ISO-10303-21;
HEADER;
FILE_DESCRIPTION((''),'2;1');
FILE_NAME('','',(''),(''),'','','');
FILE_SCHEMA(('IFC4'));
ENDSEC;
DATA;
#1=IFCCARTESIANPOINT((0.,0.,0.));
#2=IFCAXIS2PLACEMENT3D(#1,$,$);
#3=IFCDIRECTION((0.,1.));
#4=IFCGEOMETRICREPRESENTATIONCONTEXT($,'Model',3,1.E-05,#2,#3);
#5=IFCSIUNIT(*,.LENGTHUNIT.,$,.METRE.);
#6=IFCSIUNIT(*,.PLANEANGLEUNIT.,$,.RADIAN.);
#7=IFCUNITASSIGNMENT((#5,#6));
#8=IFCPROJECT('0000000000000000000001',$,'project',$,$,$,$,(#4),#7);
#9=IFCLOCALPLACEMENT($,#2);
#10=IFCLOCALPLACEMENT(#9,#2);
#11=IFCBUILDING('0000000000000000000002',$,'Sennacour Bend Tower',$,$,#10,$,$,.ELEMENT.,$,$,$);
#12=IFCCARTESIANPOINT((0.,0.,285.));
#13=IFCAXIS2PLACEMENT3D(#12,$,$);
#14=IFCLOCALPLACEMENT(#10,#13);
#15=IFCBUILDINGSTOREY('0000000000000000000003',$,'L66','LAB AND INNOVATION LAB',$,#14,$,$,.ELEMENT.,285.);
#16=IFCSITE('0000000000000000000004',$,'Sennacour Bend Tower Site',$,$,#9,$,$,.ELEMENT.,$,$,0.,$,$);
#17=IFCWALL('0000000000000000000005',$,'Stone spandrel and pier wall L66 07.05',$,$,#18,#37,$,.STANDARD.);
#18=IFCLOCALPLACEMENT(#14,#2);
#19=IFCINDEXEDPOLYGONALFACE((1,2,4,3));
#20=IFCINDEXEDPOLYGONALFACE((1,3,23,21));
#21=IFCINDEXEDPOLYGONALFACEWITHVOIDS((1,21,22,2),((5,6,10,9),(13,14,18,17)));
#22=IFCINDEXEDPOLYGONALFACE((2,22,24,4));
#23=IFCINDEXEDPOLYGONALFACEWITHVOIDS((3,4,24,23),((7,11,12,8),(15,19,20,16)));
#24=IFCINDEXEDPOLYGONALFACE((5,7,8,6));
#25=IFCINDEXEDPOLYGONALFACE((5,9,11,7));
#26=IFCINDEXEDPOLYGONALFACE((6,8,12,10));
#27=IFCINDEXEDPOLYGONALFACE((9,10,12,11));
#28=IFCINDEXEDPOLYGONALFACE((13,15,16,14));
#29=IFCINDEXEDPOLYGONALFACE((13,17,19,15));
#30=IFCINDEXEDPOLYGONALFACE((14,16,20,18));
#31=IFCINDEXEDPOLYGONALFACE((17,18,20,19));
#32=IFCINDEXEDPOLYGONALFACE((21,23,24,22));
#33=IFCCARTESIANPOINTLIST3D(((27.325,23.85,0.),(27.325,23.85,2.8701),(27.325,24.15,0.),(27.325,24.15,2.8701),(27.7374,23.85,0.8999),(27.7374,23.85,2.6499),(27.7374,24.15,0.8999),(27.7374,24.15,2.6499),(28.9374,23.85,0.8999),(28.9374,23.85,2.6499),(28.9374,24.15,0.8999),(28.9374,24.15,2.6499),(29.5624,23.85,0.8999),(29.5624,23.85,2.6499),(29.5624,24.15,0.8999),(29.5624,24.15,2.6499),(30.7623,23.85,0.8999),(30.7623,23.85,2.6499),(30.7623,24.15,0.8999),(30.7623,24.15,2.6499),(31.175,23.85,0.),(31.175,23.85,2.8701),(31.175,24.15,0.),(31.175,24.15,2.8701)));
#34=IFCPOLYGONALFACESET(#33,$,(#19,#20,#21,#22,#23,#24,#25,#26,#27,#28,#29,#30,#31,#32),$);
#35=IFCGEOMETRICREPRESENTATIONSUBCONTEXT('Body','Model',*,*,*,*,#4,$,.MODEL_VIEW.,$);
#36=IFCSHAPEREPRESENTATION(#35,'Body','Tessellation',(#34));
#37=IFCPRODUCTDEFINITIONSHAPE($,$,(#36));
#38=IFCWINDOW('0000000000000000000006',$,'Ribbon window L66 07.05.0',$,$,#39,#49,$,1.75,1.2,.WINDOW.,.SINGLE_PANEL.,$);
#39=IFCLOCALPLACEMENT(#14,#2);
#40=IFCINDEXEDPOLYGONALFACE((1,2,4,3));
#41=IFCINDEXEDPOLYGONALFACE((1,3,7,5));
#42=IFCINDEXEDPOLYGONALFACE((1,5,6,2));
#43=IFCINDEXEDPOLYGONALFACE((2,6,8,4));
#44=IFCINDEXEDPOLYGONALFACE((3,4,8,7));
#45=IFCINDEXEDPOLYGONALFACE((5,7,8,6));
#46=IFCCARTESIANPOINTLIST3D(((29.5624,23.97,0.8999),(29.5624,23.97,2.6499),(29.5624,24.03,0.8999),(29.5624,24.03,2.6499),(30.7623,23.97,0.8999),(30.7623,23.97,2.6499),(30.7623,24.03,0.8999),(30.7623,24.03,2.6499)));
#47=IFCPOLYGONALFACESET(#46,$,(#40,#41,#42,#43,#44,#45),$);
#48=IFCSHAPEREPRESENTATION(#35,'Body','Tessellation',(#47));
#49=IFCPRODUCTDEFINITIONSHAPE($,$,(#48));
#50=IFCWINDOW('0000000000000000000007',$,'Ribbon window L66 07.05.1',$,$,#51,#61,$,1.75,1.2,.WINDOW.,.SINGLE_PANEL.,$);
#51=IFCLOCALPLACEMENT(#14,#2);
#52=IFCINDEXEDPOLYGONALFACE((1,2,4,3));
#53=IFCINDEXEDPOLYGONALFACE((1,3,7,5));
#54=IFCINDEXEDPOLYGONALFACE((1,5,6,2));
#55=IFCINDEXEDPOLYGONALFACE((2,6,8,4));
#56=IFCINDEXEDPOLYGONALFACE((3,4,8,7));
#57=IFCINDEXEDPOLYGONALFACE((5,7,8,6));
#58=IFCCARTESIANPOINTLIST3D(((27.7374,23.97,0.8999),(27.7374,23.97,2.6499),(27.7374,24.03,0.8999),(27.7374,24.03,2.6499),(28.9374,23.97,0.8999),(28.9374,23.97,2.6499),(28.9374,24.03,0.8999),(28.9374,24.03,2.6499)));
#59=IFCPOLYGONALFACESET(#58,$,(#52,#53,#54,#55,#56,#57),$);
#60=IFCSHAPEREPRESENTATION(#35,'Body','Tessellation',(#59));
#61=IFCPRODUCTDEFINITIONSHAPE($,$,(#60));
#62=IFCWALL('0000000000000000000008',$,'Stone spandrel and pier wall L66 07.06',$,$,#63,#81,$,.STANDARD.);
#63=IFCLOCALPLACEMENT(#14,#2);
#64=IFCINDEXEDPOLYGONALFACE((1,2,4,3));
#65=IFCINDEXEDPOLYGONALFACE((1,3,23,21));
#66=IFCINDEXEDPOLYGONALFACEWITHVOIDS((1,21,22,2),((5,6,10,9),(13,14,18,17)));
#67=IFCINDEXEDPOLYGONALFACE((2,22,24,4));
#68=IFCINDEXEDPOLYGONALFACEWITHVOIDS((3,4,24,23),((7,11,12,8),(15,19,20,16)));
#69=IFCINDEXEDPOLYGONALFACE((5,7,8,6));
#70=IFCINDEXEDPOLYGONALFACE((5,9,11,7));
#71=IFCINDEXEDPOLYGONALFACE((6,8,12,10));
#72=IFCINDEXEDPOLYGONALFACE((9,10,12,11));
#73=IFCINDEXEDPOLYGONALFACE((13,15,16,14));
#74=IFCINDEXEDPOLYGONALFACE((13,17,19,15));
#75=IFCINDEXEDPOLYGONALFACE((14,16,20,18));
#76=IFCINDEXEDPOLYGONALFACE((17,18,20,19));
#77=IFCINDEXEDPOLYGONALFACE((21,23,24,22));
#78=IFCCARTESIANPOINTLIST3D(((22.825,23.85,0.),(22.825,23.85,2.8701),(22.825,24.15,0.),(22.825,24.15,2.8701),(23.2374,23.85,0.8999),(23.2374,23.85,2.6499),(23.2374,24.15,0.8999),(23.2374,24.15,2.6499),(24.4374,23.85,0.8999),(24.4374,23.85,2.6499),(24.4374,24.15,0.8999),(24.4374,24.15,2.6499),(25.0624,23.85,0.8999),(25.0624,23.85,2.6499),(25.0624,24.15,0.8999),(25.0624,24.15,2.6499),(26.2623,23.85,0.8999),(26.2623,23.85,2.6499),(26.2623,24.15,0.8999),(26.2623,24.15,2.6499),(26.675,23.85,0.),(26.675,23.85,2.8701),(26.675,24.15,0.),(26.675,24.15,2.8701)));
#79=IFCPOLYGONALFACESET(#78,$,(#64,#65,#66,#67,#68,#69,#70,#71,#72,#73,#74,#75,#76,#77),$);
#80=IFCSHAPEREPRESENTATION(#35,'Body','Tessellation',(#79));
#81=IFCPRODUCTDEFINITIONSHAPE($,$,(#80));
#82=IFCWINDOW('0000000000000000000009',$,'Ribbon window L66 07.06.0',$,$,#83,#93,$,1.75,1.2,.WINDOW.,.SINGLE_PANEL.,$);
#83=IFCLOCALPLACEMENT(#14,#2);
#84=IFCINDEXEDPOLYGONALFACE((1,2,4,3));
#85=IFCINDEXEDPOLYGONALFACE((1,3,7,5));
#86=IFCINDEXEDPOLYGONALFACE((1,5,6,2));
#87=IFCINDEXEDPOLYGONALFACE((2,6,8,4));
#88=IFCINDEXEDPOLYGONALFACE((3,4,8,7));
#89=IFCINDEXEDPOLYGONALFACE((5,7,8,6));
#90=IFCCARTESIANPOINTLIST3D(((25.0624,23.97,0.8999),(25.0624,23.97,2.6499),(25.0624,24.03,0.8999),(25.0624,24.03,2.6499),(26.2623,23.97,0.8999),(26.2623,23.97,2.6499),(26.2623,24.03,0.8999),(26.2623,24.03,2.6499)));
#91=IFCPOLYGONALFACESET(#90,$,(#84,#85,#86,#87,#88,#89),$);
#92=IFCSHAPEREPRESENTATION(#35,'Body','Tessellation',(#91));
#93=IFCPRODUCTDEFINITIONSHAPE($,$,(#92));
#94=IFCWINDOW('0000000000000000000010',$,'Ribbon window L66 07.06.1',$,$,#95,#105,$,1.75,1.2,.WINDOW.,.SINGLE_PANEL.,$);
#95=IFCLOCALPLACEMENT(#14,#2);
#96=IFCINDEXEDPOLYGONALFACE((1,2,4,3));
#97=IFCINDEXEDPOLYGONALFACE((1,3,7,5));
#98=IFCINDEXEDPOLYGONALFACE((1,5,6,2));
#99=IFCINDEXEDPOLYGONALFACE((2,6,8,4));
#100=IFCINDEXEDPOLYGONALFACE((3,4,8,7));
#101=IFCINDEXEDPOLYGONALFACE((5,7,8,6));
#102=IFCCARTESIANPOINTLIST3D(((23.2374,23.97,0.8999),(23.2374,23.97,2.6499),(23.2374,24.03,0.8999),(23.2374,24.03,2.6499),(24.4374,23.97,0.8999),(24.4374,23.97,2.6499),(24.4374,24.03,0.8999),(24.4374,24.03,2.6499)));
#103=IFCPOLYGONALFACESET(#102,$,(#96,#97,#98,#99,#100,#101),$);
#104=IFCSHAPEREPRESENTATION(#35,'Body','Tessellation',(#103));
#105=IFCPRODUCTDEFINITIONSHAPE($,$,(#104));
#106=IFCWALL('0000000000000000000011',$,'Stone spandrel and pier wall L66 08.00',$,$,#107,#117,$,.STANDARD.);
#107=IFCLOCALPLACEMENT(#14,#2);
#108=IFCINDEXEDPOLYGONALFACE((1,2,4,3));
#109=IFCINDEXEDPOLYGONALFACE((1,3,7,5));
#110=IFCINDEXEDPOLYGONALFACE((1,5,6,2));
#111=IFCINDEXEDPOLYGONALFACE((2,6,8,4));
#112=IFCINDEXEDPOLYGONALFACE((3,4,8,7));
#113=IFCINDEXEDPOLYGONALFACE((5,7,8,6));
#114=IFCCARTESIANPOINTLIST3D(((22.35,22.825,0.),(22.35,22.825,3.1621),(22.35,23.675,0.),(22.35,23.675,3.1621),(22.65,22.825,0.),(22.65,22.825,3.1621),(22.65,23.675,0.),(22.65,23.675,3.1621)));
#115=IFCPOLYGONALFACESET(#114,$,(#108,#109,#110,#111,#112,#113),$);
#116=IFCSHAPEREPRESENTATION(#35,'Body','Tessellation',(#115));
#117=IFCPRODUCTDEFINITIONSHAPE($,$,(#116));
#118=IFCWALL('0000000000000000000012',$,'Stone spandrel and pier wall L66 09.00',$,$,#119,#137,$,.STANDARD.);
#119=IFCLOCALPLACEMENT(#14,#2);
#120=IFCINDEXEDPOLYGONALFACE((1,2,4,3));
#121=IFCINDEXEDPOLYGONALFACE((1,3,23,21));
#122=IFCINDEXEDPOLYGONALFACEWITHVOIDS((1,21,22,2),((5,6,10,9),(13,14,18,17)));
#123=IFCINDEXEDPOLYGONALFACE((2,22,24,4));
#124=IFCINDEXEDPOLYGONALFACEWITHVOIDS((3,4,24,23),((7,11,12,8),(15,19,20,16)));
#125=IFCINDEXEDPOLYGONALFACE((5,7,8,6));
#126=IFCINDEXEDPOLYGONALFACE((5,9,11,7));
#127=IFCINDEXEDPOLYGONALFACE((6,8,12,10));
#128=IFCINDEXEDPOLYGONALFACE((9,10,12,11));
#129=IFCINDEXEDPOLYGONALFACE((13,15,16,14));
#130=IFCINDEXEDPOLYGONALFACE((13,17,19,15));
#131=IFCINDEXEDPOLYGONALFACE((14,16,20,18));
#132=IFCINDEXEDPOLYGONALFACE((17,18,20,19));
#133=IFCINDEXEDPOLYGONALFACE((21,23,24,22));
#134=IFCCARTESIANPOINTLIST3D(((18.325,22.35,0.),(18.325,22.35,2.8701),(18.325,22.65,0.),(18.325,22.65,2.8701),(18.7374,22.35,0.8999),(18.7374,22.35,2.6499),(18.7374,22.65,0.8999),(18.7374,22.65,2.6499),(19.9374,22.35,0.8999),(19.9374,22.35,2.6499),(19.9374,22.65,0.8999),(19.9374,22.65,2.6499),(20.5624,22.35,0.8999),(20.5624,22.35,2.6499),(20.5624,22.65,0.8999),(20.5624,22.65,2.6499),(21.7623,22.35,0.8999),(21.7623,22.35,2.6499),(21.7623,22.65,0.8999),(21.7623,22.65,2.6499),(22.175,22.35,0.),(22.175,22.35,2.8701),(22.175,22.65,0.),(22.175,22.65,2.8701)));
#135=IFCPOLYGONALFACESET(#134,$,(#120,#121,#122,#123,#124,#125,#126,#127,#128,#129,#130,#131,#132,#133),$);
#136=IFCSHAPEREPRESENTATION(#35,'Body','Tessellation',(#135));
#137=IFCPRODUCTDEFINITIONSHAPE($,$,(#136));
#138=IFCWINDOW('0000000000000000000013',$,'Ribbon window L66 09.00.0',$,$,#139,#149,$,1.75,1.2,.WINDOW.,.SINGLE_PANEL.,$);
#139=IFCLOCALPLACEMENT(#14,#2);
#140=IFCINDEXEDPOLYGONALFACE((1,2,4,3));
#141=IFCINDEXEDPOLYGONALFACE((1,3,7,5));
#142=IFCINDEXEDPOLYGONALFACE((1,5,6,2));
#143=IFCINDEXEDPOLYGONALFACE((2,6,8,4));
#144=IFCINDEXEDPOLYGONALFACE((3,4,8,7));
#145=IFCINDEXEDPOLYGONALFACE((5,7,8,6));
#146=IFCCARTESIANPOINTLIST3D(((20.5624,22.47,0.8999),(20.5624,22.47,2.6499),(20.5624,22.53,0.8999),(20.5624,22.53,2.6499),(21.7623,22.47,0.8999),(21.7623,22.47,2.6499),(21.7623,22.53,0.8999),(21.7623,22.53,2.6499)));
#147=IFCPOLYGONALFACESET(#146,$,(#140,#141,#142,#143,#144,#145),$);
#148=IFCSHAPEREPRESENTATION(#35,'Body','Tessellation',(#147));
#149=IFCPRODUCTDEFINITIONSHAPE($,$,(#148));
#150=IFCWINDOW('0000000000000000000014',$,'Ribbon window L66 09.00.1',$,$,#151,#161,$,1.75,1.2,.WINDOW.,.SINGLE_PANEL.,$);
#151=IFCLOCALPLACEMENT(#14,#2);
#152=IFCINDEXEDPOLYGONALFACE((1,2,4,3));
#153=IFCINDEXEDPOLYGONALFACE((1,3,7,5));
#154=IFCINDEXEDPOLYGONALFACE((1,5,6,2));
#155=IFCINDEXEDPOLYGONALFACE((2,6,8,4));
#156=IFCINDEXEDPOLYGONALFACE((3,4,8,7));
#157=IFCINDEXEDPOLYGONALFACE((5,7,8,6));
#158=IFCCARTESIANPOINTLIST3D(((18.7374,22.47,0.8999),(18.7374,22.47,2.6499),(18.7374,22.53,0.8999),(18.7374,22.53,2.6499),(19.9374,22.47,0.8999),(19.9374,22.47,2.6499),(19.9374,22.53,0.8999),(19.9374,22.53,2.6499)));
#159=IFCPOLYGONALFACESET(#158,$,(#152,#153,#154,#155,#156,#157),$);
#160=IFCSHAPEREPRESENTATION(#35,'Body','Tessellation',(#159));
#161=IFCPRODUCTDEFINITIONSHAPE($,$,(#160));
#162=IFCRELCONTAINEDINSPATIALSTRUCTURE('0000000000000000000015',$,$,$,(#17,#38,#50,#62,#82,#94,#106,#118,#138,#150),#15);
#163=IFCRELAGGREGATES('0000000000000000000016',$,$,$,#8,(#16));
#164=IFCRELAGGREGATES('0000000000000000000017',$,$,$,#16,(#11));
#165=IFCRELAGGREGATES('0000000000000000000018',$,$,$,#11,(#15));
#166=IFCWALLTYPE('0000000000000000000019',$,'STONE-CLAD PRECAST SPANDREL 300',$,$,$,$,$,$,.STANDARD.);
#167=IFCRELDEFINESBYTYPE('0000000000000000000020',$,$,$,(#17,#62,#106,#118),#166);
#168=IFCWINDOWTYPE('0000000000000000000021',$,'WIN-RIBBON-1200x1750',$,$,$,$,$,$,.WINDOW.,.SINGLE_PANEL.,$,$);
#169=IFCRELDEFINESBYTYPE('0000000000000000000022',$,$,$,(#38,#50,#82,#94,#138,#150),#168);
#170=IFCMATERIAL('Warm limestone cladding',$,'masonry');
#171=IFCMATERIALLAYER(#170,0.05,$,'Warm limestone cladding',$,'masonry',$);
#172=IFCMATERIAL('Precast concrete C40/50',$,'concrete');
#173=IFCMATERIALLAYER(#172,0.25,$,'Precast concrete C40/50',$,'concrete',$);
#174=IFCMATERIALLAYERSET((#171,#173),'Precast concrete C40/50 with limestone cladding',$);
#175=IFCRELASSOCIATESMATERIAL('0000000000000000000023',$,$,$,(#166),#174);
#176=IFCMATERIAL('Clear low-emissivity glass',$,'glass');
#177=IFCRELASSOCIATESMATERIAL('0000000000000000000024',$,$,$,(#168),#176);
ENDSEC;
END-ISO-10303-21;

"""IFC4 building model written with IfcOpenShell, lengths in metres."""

from ifc_helpers import new_model, si_unit, direction, frame, frame_2d, origin, place, context, subcontext, project, spatial, rectangle, extrude, material, layer, layer_set, type_object, element, fill, save


model = new_model("IFC4")

# Units and contexts
model_context = context("Model", 3, precision=1e-05, world=origin(), true_north=direction((0.0, 1.0)))
body_context = subcontext(model_context, "Body", "Model", "MODEL_VIEW")
ifc_project = project(units=[si_unit("LENGTHUNIT", "METRE"), si_unit("PLANEANGLEUNIT", "RADIAN")], contexts=[model_context])

# Site, building, storey
site_placement = place(None, origin())
site = spatial("IfcSite", under=ifc_project, at=site_placement, Name="Sennacour Bend Tower Site", CompositionType="ELEMENT", RefElevation=0.0)
building_placement = place(site_placement, origin())
building = spatial("IfcBuilding", under=site, at=building_placement, Name="Sennacour Bend Tower", CompositionType="ELEMENT")
storey_placement = place(building_placement, frame((0.0, 0.0, 285.0)))
storey = spatial("IfcBuildingStorey", under=building, at=storey_placement, Name="L66", Description="LAB AND INNOVATION LAB", CompositionType="ELEMENT", Elevation=285.0)

# Walls, openings, windows
ifc_material_1 = material(Name="Warm limestone cladding", Category="masonry")
ifc_layer_1 = layer(ifc_material_1, 0.05, Name="Warm limestone cladding", Category="masonry")
ifc_material_2 = material(Name="Precast concrete C40/50", Category="concrete")
ifc_layer_2 = layer(ifc_material_2, 0.25, Name="Precast concrete C40/50", Category="concrete")
ifc_layer_set_1 = layer_set([ifc_layer_1, ifc_layer_2], Name="Precast concrete C40/50 with limestone cladding")
wall_type_1 = type_object("IfcWallType", Name="STONE-CLAD PRECAST SPANDREL 300", PredefinedType="STANDARD", material=ifc_layer_set_1)
wall_1_placement = place(storey_placement, frame((31.175, 24.0, 0.0), z_axis=(0.0, 0.0, 1.0), x_axis=(-1.0, 0.0, 0.0)))
wall_1 = element("IfcWall", 1, at=wall_1_placement, inside=storey, type_object=wall_type_1, Name="Stone spandrel and pier wall L66 07.05", PredefinedType="STANDARD", context=body_context, shape_type="SweptSolid", body=[
    extrude(rectangle(XDim=3.8501, YDim=0.3, at=frame_2d((1.925, 0.0))), origin(), (0.0, 0.0, 1.0), 2.8701),
])
opening_1_placement = place(wall_1_placement, frame((0.4126, 0.0, 0.8999)))
opening_1 = element("IfcOpeningElement", 2, at=opening_1_placement, cuts=wall_1, PredefinedType="OPENING", context=body_context, shape_type="SweptSolid", body=[
    extrude(rectangle(XDim=1.2, YDim=1.75, at=frame_2d((0.6001, 0.875))), frame((0.0, 0.1602, 0.0), z_axis=(0.0, -1.0, 0.0), x_axis=(1.0, 0.0, 0.0)), (0.0, 0.0, 1.0), 0.3201),
])
opening_2_placement = place(wall_1_placement, frame((2.2375, 0.0, 0.8999)))
opening_2 = element("IfcOpeningElement", 3, at=opening_2_placement, cuts=wall_1, PredefinedType="OPENING", context=body_context, shape_type="SweptSolid", body=[
    extrude(rectangle(XDim=1.2, YDim=1.75, at=frame_2d((0.6001, 0.875))), frame((0.0, 0.1602, 0.0), z_axis=(0.0, -1.0, 0.0), x_axis=(1.0, 0.0, 0.0)), (0.0, 0.0, 1.0), 0.3201),
])
ifc_material_3 = material(Name="Clear low-emissivity glass", Category="glass")
window_type = type_object("IfcWindowType", Name="WIN-RIBBON-1200x1750", PartitioningType="SINGLE_PANEL", PredefinedType="WINDOW", material=ifc_material_3)
window_1_placement = place(opening_1_placement, origin())
window_1 = element("IfcWindow", 4, at=window_1_placement, inside=storey, type_object=window_type, Name="Ribbon window L66 07.05.0", OverallHeight=1.75, OverallWidth=1.2, PartitioningType="SINGLE_PANEL", PredefinedType="WINDOW", context=body_context, shape_type="SweptSolid", body=[
    extrude(rectangle(XDim=1.2, YDim=1.75, at=frame_2d((0.6001, 0.875))), frame((0.0, 0.03, 0.0), z_axis=(0.0, -1.0, 0.0), x_axis=(1.0, 0.0, 0.0)), (0.0, 0.0, 1.0), 0.0601),
])
fill(opening_1, window_1)
window_2_placement = place(opening_2_placement, origin())
window_2 = element("IfcWindow", 5, at=window_2_placement, inside=storey, type_object=window_type, Name="Ribbon window L66 07.05.1", OverallHeight=1.75, OverallWidth=1.2, PartitioningType="SINGLE_PANEL", PredefinedType="WINDOW", context=body_context, shape_type="SweptSolid", body=[
    extrude(rectangle(XDim=1.2, YDim=1.75, at=frame_2d((0.6001, 0.875))), frame((0.0, 0.03, 0.0), z_axis=(0.0, -1.0, 0.0), x_axis=(1.0, 0.0, 0.0)), (0.0, 0.0, 1.0), 0.0601),
])
fill(opening_2, window_2)
wall_2_placement = place(storey_placement, frame((26.675, 24.0, 0.0), z_axis=(0.0, 0.0, 1.0), x_axis=(-1.0, 0.0, 0.0)))
wall_2 = element("IfcWall", 6, at=wall_2_placement, inside=storey, type_object=wall_type_1, Name="Stone spandrel and pier wall L66 07.06", PredefinedType="STANDARD", context=body_context, shape_type="SweptSolid", body=[
    extrude(rectangle(XDim=3.8501, YDim=0.3, at=frame_2d((1.925, 0.0))), origin(), (0.0, 0.0, 1.0), 2.8701),
])
opening_3_placement = place(wall_2_placement, frame((0.4126, 0.0, 0.8999)))
opening_3 = element("IfcOpeningElement", 7, at=opening_3_placement, cuts=wall_2, PredefinedType="OPENING", context=body_context, shape_type="SweptSolid", body=[
    extrude(rectangle(XDim=1.2, YDim=1.75, at=frame_2d((0.6001, 0.875))), frame((0.0, 0.1602, 0.0), z_axis=(0.0, -1.0, 0.0), x_axis=(1.0, 0.0, 0.0)), (0.0, 0.0, 1.0), 0.3201),
])
opening_4_placement = place(wall_2_placement, frame((2.2375, 0.0, 0.8999)))
opening_4 = element("IfcOpeningElement", 8, at=opening_4_placement, cuts=wall_2, PredefinedType="OPENING", context=body_context, shape_type="SweptSolid", body=[
    extrude(rectangle(XDim=1.2, YDim=1.75, at=frame_2d((0.6001, 0.875))), frame((0.0, 0.1602, 0.0), z_axis=(0.0, -1.0, 0.0), x_axis=(1.0, 0.0, 0.0)), (0.0, 0.0, 1.0), 0.3201),
])
window_3_placement = place(opening_3_placement, origin())
window_3 = element("IfcWindow", 9, at=window_3_placement, inside=storey, type_object=window_type, Name="Ribbon window L66 07.06.0", OverallHeight=1.75, OverallWidth=1.2, PartitioningType="SINGLE_PANEL", PredefinedType="WINDOW", context=body_context, shape_type="SweptSolid", body=[
    extrude(rectangle(XDim=1.2, YDim=1.75, at=frame_2d((0.6001, 0.875))), frame((0.0, 0.03, 0.0), z_axis=(0.0, -1.0, 0.0), x_axis=(1.0, 0.0, 0.0)), (0.0, 0.0, 1.0), 0.0601),
])
fill(opening_3, window_3)
window_4_placement = place(opening_4_placement, origin())
window_4 = element("IfcWindow", 10, at=window_4_placement, inside=storey, type_object=window_type, Name="Ribbon window L66 07.06.1", OverallHeight=1.75, OverallWidth=1.2, PartitioningType="SINGLE_PANEL", PredefinedType="WINDOW", context=body_context, shape_type="SweptSolid", body=[
    extrude(rectangle(XDim=1.2, YDim=1.75, at=frame_2d((0.6001, 0.875))), frame((0.0, 0.03, 0.0), z_axis=(0.0, -1.0, 0.0), x_axis=(1.0, 0.0, 0.0)), (0.0, 0.0, 1.0), 0.0601),
])
fill(opening_4, window_4)

# Wall
wall_3_placement = place(storey_placement, frame((22.5, 23.675, 0.0), z_axis=(0.0, 0.0, 1.0), x_axis=(0.0, -1.0, 0.0)))
element("IfcWall", 11, at=wall_3_placement, inside=storey, type_object=wall_type_1, Name="Stone spandrel and pier wall L66 08.00", PredefinedType="STANDARD", context=body_context, shape_type="SweptSolid", body=[
    extrude(rectangle(XDim=0.8501, YDim=0.3, at=frame_2d((0.425, 0.0))), origin(), (0.0, 0.0, 1.0), 3.1621),
])

# Wall, openings, windows
wall_4_placement = place(storey_placement, frame((22.175, 22.5, 0.0), z_axis=(0.0, 0.0, 1.0), x_axis=(-1.0, 0.0, 0.0)))
wall_4 = element("IfcWall", 12, at=wall_4_placement, inside=storey, type_object=wall_type_1, Name="Stone spandrel and pier wall L66 09.00", PredefinedType="STANDARD", context=body_context, shape_type="SweptSolid", body=[
    extrude(rectangle(XDim=3.8501, YDim=0.3, at=frame_2d((1.925, 0.0))), origin(), (0.0, 0.0, 1.0), 2.8701),
])
opening_5_placement = place(wall_4_placement, frame((0.4126, 0.0, 0.8999)))
opening_5 = element("IfcOpeningElement", 13, at=opening_5_placement, cuts=wall_4, PredefinedType="OPENING", context=body_context, shape_type="SweptSolid", body=[
    extrude(rectangle(XDim=1.2, YDim=1.75, at=frame_2d((0.6001, 0.875))), frame((0.0, 0.1602, 0.0), z_axis=(0.0, -1.0, 0.0), x_axis=(1.0, 0.0, 0.0)), (0.0, 0.0, 1.0), 0.3201),
])
opening_6_placement = place(wall_4_placement, frame((2.2375, 0.0, 0.8999)))
opening_6 = element("IfcOpeningElement", 14, at=opening_6_placement, cuts=wall_4, PredefinedType="OPENING", context=body_context, shape_type="SweptSolid", body=[
    extrude(rectangle(XDim=1.2, YDim=1.75, at=frame_2d((0.6001, 0.875))), frame((0.0, 0.1602, 0.0), z_axis=(0.0, -1.0, 0.0), x_axis=(1.0, 0.0, 0.0)), (0.0, 0.0, 1.0), 0.3201),
])
window_5_placement = place(opening_5_placement, origin())
window_5 = element("IfcWindow", 15, at=window_5_placement, inside=storey, type_object=window_type, Name="Ribbon window L66 09.00.0", OverallHeight=1.75, OverallWidth=1.2, PartitioningType="SINGLE_PANEL", PredefinedType="WINDOW", context=body_context, shape_type="SweptSolid", body=[
    extrude(rectangle(XDim=1.2, YDim=1.75, at=frame_2d((0.6001, 0.875))), frame((0.0, 0.03, 0.0), z_axis=(0.0, -1.0, 0.0), x_axis=(1.0, 0.0, 0.0)), (0.0, 0.0, 1.0), 0.0601),
])
fill(opening_5, window_5)
window_6_placement = place(opening_6_placement, origin())
window_6 = element("IfcWindow", 16, at=window_6_placement, inside=storey, type_object=window_type, Name="Ribbon window L66 09.00.1", OverallHeight=1.75, OverallWidth=1.2, PartitioningType="SINGLE_PANEL", PredefinedType="WINDOW", context=body_context, shape_type="SweptSolid", body=[
    extrude(rectangle(XDim=1.2, YDim=1.75, at=frame_2d((0.6001, 0.875))), frame((0.0, 0.03, 0.0), z_axis=(0.0, -1.0, 0.0), x_axis=(1.0, 0.0, 0.0)), (0.0, 0.0, 1.0), 0.0601),
])
fill(opening_6, window_6)

save(model, "model.ifc")
